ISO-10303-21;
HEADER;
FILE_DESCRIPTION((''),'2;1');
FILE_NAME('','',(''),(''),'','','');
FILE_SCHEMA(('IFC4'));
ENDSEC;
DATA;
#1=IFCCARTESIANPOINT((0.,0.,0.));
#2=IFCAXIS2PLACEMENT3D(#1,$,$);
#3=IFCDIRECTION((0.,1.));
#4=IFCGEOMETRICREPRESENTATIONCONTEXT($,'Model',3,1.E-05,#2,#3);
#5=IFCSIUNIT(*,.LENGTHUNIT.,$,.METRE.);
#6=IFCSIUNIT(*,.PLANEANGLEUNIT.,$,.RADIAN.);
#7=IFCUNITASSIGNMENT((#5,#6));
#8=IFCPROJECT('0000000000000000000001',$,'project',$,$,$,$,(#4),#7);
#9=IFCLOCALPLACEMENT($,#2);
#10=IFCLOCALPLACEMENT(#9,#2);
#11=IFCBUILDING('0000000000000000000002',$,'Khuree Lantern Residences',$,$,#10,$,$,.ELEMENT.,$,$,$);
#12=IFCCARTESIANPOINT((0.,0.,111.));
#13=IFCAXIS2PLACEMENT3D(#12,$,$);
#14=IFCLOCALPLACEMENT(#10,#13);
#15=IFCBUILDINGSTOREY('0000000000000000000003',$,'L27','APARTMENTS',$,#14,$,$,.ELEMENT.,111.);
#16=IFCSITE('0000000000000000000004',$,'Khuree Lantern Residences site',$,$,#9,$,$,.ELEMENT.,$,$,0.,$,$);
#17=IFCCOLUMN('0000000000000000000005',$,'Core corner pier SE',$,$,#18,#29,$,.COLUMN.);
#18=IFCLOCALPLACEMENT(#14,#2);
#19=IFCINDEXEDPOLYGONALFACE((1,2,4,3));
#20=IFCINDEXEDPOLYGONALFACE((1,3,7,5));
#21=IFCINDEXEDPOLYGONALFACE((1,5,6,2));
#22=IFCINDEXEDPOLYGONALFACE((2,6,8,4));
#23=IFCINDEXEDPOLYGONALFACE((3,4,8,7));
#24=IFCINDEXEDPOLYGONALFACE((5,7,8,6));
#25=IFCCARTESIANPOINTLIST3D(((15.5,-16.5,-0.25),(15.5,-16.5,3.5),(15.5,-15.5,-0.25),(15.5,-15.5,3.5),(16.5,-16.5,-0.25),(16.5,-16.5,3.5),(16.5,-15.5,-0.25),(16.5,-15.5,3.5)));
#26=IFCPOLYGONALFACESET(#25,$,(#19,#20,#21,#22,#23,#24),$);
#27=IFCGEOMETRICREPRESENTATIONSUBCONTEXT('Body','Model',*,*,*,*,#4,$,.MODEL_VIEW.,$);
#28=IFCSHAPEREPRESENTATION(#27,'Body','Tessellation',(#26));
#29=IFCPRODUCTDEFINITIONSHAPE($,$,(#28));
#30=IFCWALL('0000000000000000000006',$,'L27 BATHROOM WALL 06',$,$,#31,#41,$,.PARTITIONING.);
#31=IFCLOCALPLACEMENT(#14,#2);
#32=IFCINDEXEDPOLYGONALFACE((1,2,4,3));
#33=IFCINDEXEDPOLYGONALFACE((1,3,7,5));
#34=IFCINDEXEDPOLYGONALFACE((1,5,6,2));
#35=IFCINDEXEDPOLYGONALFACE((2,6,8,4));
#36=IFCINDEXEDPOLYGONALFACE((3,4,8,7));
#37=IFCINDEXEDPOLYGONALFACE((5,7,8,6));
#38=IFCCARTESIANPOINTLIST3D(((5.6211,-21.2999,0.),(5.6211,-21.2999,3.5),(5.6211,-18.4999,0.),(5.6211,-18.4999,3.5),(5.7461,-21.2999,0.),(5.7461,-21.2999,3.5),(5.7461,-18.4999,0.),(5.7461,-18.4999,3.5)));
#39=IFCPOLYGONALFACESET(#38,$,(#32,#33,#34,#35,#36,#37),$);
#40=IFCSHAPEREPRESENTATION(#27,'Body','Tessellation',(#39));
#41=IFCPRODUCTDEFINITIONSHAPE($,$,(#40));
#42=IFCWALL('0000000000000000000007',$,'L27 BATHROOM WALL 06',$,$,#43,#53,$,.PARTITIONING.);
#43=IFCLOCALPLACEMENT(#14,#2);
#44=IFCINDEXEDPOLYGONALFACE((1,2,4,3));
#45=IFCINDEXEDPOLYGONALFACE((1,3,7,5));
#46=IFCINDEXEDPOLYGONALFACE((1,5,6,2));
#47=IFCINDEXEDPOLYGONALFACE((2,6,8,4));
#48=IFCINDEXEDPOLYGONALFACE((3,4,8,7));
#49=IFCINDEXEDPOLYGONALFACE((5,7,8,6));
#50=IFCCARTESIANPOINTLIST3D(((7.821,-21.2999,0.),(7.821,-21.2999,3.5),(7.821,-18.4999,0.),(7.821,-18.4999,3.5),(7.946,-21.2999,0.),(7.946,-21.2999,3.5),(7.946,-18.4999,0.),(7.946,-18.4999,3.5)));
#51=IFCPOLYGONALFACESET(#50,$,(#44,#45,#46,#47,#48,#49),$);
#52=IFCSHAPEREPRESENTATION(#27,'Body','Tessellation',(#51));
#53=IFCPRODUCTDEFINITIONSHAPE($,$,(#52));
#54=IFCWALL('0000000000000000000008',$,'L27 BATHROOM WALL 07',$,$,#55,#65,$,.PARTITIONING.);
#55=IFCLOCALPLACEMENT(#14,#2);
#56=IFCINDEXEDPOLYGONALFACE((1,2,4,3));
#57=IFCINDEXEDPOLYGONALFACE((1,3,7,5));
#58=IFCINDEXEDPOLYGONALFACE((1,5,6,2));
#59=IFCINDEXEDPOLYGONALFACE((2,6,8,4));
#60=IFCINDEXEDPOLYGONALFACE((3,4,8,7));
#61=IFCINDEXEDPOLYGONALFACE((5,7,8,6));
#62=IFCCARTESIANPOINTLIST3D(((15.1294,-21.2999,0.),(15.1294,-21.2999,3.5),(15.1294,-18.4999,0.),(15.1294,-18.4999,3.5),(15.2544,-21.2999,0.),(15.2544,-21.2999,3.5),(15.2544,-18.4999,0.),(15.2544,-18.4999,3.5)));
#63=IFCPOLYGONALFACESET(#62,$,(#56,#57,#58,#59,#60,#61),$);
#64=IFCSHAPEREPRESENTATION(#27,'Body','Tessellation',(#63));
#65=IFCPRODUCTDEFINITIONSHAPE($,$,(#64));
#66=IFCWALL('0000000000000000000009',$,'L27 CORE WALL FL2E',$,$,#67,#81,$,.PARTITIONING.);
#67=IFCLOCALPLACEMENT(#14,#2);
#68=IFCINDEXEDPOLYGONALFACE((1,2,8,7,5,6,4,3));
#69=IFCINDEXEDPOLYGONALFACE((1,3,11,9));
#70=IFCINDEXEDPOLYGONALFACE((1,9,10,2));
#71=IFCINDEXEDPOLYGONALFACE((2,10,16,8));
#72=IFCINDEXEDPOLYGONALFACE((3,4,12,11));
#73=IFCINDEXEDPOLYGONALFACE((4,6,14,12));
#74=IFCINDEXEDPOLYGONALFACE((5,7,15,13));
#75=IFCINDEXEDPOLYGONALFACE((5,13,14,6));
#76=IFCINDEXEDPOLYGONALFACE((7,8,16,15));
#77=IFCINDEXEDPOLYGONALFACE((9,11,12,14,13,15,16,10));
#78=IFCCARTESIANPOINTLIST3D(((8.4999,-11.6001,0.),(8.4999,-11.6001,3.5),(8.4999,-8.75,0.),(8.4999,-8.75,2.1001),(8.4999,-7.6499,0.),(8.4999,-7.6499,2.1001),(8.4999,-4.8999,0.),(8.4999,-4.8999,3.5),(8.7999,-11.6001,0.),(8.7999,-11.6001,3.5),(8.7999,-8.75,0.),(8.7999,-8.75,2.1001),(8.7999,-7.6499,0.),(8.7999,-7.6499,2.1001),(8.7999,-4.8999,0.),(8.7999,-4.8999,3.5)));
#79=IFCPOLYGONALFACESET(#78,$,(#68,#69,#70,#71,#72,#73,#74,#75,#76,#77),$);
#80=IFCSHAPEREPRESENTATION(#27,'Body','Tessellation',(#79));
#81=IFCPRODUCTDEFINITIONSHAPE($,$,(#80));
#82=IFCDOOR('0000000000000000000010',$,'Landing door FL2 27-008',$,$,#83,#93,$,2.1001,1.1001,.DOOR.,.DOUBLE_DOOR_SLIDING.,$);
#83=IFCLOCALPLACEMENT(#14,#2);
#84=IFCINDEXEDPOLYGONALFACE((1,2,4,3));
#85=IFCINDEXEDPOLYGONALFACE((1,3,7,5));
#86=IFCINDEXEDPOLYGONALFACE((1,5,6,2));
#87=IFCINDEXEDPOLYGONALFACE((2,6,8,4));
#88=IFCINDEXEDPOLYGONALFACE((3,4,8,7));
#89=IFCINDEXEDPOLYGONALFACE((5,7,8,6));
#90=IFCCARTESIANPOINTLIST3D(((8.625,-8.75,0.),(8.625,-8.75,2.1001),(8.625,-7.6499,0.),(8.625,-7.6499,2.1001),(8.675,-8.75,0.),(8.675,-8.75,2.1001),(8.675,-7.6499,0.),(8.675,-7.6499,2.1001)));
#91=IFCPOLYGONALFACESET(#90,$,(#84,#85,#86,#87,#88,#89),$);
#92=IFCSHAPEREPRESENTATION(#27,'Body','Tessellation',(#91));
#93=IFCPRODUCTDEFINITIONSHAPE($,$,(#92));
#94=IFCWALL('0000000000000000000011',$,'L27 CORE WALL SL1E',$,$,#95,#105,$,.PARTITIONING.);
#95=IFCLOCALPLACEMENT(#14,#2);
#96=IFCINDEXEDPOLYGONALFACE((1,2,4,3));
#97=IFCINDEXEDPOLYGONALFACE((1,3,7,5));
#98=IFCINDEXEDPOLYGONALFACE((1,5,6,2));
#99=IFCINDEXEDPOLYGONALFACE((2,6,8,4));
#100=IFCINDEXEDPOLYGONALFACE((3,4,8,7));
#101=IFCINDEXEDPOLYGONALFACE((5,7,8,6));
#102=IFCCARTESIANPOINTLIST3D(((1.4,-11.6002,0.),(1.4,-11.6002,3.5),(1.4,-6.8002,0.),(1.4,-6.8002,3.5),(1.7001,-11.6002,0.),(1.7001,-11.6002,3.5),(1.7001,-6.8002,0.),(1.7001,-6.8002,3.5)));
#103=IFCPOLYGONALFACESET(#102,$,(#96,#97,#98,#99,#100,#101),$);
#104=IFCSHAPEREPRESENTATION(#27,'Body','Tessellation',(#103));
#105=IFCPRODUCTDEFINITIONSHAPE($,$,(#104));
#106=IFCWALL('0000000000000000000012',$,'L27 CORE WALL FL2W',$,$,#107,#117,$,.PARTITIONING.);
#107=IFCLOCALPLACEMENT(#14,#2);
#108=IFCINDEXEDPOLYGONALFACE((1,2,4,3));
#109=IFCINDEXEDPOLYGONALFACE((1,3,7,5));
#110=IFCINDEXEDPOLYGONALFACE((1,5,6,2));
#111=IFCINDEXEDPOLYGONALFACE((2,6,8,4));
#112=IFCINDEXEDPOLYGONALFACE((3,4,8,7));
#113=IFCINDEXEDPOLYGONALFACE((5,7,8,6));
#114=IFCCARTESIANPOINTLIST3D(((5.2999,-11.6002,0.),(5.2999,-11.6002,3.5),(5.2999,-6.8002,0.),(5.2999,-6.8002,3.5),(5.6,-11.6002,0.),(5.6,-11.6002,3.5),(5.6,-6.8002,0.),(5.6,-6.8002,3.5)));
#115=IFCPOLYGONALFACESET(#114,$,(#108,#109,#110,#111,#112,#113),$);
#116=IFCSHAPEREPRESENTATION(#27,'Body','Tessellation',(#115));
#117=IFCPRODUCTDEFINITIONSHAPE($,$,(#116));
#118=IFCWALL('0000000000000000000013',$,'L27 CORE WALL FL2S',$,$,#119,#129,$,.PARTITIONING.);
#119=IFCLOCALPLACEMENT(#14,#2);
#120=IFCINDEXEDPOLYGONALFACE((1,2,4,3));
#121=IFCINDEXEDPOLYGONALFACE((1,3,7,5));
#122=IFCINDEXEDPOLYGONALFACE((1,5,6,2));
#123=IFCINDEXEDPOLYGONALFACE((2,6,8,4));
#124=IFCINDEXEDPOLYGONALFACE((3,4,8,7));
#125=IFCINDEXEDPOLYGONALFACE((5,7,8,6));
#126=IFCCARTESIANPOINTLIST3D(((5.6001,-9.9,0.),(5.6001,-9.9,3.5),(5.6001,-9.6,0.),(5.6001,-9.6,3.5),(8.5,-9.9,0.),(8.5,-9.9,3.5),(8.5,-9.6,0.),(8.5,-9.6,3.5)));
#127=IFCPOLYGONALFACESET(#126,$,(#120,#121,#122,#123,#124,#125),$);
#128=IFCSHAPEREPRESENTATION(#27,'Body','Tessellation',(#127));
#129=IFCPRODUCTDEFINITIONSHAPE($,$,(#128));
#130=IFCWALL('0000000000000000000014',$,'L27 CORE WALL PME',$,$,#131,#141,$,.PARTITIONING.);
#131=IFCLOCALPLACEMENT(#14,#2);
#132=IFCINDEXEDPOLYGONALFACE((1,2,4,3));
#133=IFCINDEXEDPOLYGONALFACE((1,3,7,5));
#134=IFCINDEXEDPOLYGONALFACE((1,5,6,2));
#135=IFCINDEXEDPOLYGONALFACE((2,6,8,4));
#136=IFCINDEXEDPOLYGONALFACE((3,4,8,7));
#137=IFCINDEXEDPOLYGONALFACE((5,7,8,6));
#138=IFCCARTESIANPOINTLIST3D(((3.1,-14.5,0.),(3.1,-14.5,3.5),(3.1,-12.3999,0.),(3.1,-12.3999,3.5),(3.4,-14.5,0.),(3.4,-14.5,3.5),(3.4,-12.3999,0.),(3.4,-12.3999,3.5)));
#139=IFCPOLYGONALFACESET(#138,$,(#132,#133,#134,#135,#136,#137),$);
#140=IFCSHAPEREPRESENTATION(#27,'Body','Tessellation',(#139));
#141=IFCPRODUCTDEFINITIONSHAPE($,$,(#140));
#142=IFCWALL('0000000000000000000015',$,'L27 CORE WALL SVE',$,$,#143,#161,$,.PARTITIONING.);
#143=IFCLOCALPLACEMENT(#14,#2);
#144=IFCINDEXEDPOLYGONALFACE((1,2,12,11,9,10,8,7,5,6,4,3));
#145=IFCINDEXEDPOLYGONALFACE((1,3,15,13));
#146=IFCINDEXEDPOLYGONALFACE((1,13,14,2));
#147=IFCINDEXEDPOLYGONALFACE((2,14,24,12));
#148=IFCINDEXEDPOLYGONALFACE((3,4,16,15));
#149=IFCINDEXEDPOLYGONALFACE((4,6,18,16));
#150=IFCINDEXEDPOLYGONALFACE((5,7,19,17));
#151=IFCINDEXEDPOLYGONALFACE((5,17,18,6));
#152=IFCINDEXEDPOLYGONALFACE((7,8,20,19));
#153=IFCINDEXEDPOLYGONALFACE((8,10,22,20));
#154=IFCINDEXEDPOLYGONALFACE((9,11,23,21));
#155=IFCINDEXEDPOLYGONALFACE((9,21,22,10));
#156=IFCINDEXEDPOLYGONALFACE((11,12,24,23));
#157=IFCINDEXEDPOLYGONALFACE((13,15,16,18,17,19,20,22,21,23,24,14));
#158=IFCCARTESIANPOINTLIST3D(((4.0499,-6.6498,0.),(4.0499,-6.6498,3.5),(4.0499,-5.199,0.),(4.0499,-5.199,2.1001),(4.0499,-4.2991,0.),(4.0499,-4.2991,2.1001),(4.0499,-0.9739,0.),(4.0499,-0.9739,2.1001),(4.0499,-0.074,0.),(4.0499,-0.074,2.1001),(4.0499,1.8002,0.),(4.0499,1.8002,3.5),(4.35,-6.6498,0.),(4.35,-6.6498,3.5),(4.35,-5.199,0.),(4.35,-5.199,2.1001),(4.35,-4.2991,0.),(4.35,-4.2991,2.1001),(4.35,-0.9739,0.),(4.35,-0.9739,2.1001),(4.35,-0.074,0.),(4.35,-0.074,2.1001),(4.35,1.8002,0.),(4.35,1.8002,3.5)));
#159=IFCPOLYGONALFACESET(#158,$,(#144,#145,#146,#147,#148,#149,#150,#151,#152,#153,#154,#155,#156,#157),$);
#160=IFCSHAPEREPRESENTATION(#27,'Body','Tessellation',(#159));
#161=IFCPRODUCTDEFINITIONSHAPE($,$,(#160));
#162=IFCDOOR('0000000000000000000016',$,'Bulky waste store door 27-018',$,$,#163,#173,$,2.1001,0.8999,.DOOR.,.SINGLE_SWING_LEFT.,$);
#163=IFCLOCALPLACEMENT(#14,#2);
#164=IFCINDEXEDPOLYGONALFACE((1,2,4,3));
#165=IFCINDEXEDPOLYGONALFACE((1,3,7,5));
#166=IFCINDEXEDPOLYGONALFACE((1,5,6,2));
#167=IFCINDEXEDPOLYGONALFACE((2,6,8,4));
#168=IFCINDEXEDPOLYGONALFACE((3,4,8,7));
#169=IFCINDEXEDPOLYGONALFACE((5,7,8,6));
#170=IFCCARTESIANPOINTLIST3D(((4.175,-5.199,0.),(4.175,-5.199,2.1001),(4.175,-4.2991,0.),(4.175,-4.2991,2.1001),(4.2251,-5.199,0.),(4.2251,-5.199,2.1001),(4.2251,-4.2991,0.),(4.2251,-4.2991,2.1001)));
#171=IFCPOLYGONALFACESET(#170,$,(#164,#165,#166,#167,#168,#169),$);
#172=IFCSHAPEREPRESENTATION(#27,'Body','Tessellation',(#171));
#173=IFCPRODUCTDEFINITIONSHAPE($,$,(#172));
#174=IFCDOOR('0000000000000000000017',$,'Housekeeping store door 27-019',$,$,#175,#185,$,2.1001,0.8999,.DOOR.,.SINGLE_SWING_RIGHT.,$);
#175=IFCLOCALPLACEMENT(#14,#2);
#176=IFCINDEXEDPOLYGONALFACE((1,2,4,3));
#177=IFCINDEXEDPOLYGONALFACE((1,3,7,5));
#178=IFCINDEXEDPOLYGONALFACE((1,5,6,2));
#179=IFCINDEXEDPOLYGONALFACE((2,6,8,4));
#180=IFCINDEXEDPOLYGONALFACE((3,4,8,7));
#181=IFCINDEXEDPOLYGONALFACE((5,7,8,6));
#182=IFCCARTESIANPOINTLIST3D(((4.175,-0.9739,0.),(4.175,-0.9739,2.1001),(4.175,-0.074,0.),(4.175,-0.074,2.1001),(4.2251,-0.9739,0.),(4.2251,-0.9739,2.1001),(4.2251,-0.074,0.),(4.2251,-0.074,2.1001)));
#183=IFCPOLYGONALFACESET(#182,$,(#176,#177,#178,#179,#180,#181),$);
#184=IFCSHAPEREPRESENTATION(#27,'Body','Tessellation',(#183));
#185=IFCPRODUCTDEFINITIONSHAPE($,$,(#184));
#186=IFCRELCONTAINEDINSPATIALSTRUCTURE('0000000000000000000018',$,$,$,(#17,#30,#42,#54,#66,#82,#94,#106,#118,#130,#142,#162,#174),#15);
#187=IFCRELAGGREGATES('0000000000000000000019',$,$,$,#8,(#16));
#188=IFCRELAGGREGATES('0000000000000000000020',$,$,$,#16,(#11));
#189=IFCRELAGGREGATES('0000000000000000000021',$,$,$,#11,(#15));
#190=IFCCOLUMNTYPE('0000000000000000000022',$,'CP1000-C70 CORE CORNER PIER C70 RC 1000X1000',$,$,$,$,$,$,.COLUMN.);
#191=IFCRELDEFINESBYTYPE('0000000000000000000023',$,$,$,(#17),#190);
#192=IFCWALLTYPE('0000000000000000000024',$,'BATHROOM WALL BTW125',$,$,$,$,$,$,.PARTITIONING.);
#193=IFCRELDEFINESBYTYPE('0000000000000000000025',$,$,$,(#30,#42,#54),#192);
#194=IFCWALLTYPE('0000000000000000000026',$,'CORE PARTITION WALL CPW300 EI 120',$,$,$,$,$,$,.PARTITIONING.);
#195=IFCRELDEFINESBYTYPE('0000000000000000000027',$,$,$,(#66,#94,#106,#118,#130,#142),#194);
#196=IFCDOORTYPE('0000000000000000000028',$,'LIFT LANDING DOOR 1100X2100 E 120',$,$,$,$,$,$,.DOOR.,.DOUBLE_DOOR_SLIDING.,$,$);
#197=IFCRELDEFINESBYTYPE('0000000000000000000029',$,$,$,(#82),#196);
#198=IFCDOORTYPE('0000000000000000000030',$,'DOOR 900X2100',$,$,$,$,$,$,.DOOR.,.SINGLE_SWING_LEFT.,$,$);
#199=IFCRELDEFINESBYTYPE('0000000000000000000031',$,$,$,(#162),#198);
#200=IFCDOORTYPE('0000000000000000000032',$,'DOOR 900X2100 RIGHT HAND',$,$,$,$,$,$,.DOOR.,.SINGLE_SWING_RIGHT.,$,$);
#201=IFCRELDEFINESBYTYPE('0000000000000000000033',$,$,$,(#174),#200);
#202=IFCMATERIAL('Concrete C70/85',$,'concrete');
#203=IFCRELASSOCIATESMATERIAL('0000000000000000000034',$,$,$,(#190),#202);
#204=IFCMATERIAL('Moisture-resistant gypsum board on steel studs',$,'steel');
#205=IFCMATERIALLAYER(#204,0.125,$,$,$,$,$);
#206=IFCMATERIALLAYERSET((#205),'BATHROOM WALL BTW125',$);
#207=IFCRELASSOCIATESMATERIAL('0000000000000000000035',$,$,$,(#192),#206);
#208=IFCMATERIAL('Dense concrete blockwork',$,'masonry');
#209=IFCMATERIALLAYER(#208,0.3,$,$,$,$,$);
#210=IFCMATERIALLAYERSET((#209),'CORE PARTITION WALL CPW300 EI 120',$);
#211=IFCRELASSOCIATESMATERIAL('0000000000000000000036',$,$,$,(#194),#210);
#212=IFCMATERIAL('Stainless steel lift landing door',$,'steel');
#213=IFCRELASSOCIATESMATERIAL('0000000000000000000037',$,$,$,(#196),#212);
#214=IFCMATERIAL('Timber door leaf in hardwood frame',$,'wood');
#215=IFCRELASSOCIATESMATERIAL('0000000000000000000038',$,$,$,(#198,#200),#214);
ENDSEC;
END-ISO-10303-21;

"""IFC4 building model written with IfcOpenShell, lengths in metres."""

from ifc_helpers import new_model, si_unit, direction, frame, frame_2d, origin, origin_2d, place, context, subcontext, project, spatial, rectangle, extrude, material, layer, layer_set, material_profile, profile_set, type_object, element, fill, save


model = new_model("IFC4")

# Units and contexts
model_context = context("Model", 3, precision=1e-05, world=origin(), true_north=direction((0.0, 1.0)))
body_context = subcontext(model_context, "Body", "Model", "MODEL_VIEW")
ifc_project = project(units=[si_unit("LENGTHUNIT", "METRE"), si_unit("PLANEANGLEUNIT", "RADIAN")], contexts=[model_context])

# Site, building, storey
site_placement = place(None, origin())
site = spatial("IfcSite", under=ifc_project, at=site_placement, Name="Khuree Lantern Residences site", CompositionType="ELEMENT", RefElevation=0.0)
building_placement = place(site_placement, origin())
building = spatial("IfcBuilding", under=site, at=building_placement, Name="Khuree Lantern Residences", CompositionType="ELEMENT")
storey_placement = place(building_placement, frame((0.0, 0.0, 111.0)))
storey = spatial("IfcBuildingStorey", under=building, at=storey_placement, Name="L27", Description="APARTMENTS", CompositionType="ELEMENT", Elevation=111.0)

# Column
ifc_material_1 = material(Name="Concrete C70/85", Category="concrete")
ifc_material_profile = material_profile(ifc_material_1, rectangle(XDim=1.0, YDim=1.0, at=origin_2d()), Name="RC 1000X1000")
ifc_profile_set = profile_set([ifc_material_profile], Name="Concrete C70/85")
column_type = type_object("IfcColumnType", Name="CP1000-C70 CORE CORNER PIER C70 RC 1000X1000", PredefinedType="COLUMN", material=ifc_profile_set)
column_placement = place(storey_placement, frame((16.0, -16.0, -0.25), z_axis=(0.0, 0.0, 1.0), x_axis=(1.0, 0.0, 0.0)))
element("IfcColumn", 1, at=column_placement, inside=storey, type_object=column_type, Name="Core corner pier SE", PredefinedType="COLUMN", context=body_context, shape_type="SweptSolid", body=[
    extrude(rectangle(XDim=1.0, YDim=1.0, at=origin_2d()), origin(), (0.0, 0.0, 1.0), 3.75),
])

# Walls
ifc_material_2 = material(Name="Moisture-resistant gypsum board on steel studs", Category="steel")
ifc_layer_1 = layer(ifc_material_2, 0.125)
ifc_layer_set_1 = layer_set([ifc_layer_1], Name="BATHROOM WALL BTW125")
wall_type_1 = type_object("IfcWallType", Name="BATHROOM WALL BTW125", PredefinedType="PARTITIONING", material=ifc_layer_set_1)
for number, where, z_axis, x_axis, name in (
    (2, (5.6836, -18.5, 0.0), (0.0, 0.0, 1.0), (0.0, -1.0, 0.0), "L27 BATHROOM WALL 06"),
    (3, (7.8835, -18.5, 0.0), (0.0, 0.0, 1.0), (0.0, -1.0, 0.0), "L27 BATHROOM WALL 06"),
    (4, (15.1919, -18.5, 0.0), (0.0, 0.0, 1.0), (0.0, -1.0, 0.0), "L27 BATHROOM WALL 07"),
):
    element("IfcWall", number, at=place(storey_placement, frame(where, z_axis=z_axis, x_axis=x_axis)), inside=storey, type_object=wall_type_1, Name=name, PredefinedType="PARTITIONING", context=body_context, shape_type="SweptSolid", body=[
        extrude(rectangle(XDim=2.8, YDim=0.125, at=frame_2d((1.3999, 0.0))), origin(), (0.0, 0.0, 1.0), 3.5),
    ])

# Wall, opening, door
ifc_material_3 = material(Name="Dense concrete blockwork", Category="masonry")
ifc_layer_2 = layer(ifc_material_3, 0.3)
ifc_layer_set_2 = layer_set([ifc_layer_2], Name="CORE PARTITION WALL CPW300 EI 120")
wall_type_2 = type_object("IfcWallType", Name="CORE PARTITION WALL CPW300 EI 120", PredefinedType="PARTITIONING", material=ifc_layer_set_2)
wall_1_placement = place(storey_placement, frame((8.6499, -11.6001, 0.0), z_axis=(0.0, 0.0, 1.0), x_axis=(0.0, 1.0, 0.0)))
wall_1 = element("IfcWall", 5, at=wall_1_placement, inside=storey, type_object=wall_type_2, Name="L27 CORE WALL FL2E", PredefinedType="PARTITIONING", context=body_context, shape_type="SweptSolid", body=[
    extrude(rectangle(XDim=6.7002, YDim=0.3, at=frame_2d((3.3501, 0.0))), origin(), (0.0, 0.0, 1.0), 3.5),
])
opening_1_placement = place(wall_1_placement, frame((2.8501, 0.0, 0.0)))
opening_1 = element("IfcOpeningElement", 6, at=opening_1_placement, cuts=wall_1, PredefinedType="OPENING", context=body_context, shape_type="SweptSolid", body=[
    extrude(rectangle(XDim=1.1001, YDim=2.1001, at=frame_2d((0.55, 1.05))), frame((0.0, 0.1602, 0.0), z_axis=(0.0, -1.0, 0.0), x_axis=(1.0, 0.0, 0.0)), (0.0, 0.0, 1.0), 0.3201),
])
ifc_material_4 = material(Name="Stainless steel lift landing door", Category="steel")
door_type_1 = type_object("IfcDoorType", Name="LIFT LANDING DOOR 1100X2100 E 120", OperationType="DOUBLE_DOOR_SLIDING", PredefinedType="DOOR", material=ifc_material_4)
door_1_placement = place(opening_1_placement, origin())
door_1 = element("IfcDoor", 7, at=door_1_placement, inside=storey, type_object=door_type_1, Name="Landing door FL2 27-008", OperationType="DOUBLE_DOOR_SLIDING", OverallHeight=2.1001, OverallWidth=1.1001, PredefinedType="DOOR", context=body_context, shape_type="SweptSolid", body=[
    extrude(rectangle(XDim=1.1001, YDim=2.1001, at=frame_2d((0.55, 1.05))), frame((0.0, 0.0249, 0.0), z_axis=(0.0, -1.0, 0.0), x_axis=(1.0, 0.0, 0.0)), (0.0, 0.0, 1.0), 0.05),
])
fill(opening_1, door_1)

# Walls
for number, where, z_axis, x_axis, name in (
    (8, (1.55, -11.6001, 0.0), (0.0, 0.0, 1.0), (0.0, 1.0, 0.0), "L27 CORE WALL SL1E"),
    (9, (5.45, -11.6001, 0.0), (0.0, 0.0, 1.0), (0.0, 1.0, 0.0), "L27 CORE WALL FL2W"),
):
    element("IfcWall", number, at=place(storey_placement, frame(where, z_axis=z_axis, x_axis=x_axis)), inside=storey, type_object=wall_type_2, Name=name, PredefinedType="PARTITIONING", context=body_context, shape_type="SweptSolid", body=[
        extrude(rectangle(XDim=4.8, YDim=0.3, at=frame_2d((2.3999, 0.0))), origin(), (0.0, 0.0, 1.0), 3.5),
    ])
wall_2_placement = place(storey_placement, frame((5.6001, -9.75, 0.0), z_axis=(0.0, 0.0, 1.0), x_axis=(1.0, 0.0, 0.0)))
element("IfcWall", 10, at=wall_2_placement, inside=storey, type_object=wall_type_2, Name="L27 CORE WALL FL2S", PredefinedType="PARTITIONING", context=body_context, shape_type="SweptSolid", body=[
    extrude(rectangle(XDim=2.8999, YDim=0.3, at=frame_2d((1.45, 0.0))), origin(), (0.0, 0.0, 1.0), 3.5),
])
wall_3_placement = place(storey_placement, frame((3.25, -14.5, 0.0), z_axis=(0.0, 0.0, 1.0), x_axis=(0.0, 1.0, 0.0)))
element("IfcWall", 11, at=wall_3_placement, inside=storey, type_object=wall_type_2, Name="L27 CORE WALL PME", PredefinedType="PARTITIONING", context=body_context, shape_type="SweptSolid", body=[
    extrude(rectangle(XDim=2.1001, YDim=0.3, at=frame_2d((1.05, 0.0))), origin(), (0.0, 0.0, 1.0), 3.5),
])

# Wall, openings, doors
wall_4_placement = place(storey_placement, frame((4.2, -6.6499, 0.0), z_axis=(0.0, 0.0, 1.0), x_axis=(0.0, 1.0, 0.0)))
wall_4 = element("IfcWall", 12, at=wall_4_placement, inside=storey, type_object=wall_type_2, Name="L27 CORE WALL SVE", PredefinedType="PARTITIONING", context=body_context, shape_type="SweptSolid", body=[
    extrude(rectangle(XDim=8.45, YDim=0.3, at=frame_2d((4.2251, 0.0))), origin(), (0.0, 0.0, 1.0), 3.5),
])
opening_2_placement = place(wall_4_placement, frame((1.4509, 0.0, 0.0)))
opening_2 = element("IfcOpeningElement", 13, at=opening_2_placement, cuts=wall_4, PredefinedType="OPENING", context=body_context, shape_type="SweptSolid", body=[
    extrude(rectangle(XDim=0.8999, YDim=2.1001, at=frame_2d((0.45, 1.05))), frame((0.0, 0.1602, 0.0), z_axis=(0.0, -1.0, 0.0), x_axis=(1.0, 0.0, 0.0)), (0.0, 0.0, 1.0), 0.3201),
])
opening_3_placement = place(wall_4_placement, frame((5.676, 0.0, 0.0)))
opening_3 = element("IfcOpeningElement", 14, at=opening_3_placement, cuts=wall_4, PredefinedType="OPENING", context=body_context, shape_type="SweptSolid", body=[
    extrude(rectangle(XDim=0.8999, YDim=2.1001, at=frame_2d((0.45, 1.05))), frame((0.0, 0.1602, 0.0), z_axis=(0.0, -1.0, 0.0), x_axis=(1.0, 0.0, 0.0)), (0.0, 0.0, 1.0), 0.3201),
])
ifc_material_5 = material(Name="Timber door leaf in hardwood frame", Category="wood")
door_type_2 = type_object("IfcDoorType", Name="DOOR 900X2100", OperationType="SINGLE_SWING_LEFT", PredefinedType="DOOR", material=ifc_material_5)
door_2_placement = place(opening_2_placement, origin())
door_2 = element("IfcDoor", 15, at=door_2_placement, inside=storey, type_object=door_type_2, Name="Bulky waste store door 27-018", OperationType="SINGLE_SWING_LEFT", OverallHeight=2.1001, OverallWidth=0.8999, PredefinedType="DOOR", context=body_context, shape_type="SweptSolid", body=[
    extrude(rectangle(XDim=0.8999, YDim=2.1001, at=frame_2d((0.45, 1.05))), frame((0.0, 0.0249, 0.0), z_axis=(0.0, -1.0, 0.0), x_axis=(1.0, 0.0, 0.0)), (0.0, 0.0, 1.0), 0.05),
])
fill(opening_2, door_2)
door_type_3 = type_object("IfcDoorType", Name="DOOR 900X2100 RIGHT HAND", OperationType="SINGLE_SWING_RIGHT", PredefinedType="DOOR", material=ifc_material_5)
door_3_placement = place(opening_3_placement, origin())
door_3 = element("IfcDoor", 16, at=door_3_placement, inside=storey, type_object=door_type_3, Name="Housekeeping store door 27-019", OperationType="SINGLE_SWING_RIGHT", OverallHeight=2.1001, OverallWidth=0.8999, PredefinedType="DOOR", context=body_context, shape_type="SweptSolid", body=[
    extrude(rectangle(XDim=0.8999, YDim=2.1001, at=frame_2d((0.45, 1.05))), frame((0.0, 0.0249, 0.0), z_axis=(0.0, -1.0, 0.0), x_axis=(1.0, 0.0, 0.0)), (0.0, 0.0, 1.0), 0.05),
])
fill(opening_3, door_3)

save(model, "model.ifc")
